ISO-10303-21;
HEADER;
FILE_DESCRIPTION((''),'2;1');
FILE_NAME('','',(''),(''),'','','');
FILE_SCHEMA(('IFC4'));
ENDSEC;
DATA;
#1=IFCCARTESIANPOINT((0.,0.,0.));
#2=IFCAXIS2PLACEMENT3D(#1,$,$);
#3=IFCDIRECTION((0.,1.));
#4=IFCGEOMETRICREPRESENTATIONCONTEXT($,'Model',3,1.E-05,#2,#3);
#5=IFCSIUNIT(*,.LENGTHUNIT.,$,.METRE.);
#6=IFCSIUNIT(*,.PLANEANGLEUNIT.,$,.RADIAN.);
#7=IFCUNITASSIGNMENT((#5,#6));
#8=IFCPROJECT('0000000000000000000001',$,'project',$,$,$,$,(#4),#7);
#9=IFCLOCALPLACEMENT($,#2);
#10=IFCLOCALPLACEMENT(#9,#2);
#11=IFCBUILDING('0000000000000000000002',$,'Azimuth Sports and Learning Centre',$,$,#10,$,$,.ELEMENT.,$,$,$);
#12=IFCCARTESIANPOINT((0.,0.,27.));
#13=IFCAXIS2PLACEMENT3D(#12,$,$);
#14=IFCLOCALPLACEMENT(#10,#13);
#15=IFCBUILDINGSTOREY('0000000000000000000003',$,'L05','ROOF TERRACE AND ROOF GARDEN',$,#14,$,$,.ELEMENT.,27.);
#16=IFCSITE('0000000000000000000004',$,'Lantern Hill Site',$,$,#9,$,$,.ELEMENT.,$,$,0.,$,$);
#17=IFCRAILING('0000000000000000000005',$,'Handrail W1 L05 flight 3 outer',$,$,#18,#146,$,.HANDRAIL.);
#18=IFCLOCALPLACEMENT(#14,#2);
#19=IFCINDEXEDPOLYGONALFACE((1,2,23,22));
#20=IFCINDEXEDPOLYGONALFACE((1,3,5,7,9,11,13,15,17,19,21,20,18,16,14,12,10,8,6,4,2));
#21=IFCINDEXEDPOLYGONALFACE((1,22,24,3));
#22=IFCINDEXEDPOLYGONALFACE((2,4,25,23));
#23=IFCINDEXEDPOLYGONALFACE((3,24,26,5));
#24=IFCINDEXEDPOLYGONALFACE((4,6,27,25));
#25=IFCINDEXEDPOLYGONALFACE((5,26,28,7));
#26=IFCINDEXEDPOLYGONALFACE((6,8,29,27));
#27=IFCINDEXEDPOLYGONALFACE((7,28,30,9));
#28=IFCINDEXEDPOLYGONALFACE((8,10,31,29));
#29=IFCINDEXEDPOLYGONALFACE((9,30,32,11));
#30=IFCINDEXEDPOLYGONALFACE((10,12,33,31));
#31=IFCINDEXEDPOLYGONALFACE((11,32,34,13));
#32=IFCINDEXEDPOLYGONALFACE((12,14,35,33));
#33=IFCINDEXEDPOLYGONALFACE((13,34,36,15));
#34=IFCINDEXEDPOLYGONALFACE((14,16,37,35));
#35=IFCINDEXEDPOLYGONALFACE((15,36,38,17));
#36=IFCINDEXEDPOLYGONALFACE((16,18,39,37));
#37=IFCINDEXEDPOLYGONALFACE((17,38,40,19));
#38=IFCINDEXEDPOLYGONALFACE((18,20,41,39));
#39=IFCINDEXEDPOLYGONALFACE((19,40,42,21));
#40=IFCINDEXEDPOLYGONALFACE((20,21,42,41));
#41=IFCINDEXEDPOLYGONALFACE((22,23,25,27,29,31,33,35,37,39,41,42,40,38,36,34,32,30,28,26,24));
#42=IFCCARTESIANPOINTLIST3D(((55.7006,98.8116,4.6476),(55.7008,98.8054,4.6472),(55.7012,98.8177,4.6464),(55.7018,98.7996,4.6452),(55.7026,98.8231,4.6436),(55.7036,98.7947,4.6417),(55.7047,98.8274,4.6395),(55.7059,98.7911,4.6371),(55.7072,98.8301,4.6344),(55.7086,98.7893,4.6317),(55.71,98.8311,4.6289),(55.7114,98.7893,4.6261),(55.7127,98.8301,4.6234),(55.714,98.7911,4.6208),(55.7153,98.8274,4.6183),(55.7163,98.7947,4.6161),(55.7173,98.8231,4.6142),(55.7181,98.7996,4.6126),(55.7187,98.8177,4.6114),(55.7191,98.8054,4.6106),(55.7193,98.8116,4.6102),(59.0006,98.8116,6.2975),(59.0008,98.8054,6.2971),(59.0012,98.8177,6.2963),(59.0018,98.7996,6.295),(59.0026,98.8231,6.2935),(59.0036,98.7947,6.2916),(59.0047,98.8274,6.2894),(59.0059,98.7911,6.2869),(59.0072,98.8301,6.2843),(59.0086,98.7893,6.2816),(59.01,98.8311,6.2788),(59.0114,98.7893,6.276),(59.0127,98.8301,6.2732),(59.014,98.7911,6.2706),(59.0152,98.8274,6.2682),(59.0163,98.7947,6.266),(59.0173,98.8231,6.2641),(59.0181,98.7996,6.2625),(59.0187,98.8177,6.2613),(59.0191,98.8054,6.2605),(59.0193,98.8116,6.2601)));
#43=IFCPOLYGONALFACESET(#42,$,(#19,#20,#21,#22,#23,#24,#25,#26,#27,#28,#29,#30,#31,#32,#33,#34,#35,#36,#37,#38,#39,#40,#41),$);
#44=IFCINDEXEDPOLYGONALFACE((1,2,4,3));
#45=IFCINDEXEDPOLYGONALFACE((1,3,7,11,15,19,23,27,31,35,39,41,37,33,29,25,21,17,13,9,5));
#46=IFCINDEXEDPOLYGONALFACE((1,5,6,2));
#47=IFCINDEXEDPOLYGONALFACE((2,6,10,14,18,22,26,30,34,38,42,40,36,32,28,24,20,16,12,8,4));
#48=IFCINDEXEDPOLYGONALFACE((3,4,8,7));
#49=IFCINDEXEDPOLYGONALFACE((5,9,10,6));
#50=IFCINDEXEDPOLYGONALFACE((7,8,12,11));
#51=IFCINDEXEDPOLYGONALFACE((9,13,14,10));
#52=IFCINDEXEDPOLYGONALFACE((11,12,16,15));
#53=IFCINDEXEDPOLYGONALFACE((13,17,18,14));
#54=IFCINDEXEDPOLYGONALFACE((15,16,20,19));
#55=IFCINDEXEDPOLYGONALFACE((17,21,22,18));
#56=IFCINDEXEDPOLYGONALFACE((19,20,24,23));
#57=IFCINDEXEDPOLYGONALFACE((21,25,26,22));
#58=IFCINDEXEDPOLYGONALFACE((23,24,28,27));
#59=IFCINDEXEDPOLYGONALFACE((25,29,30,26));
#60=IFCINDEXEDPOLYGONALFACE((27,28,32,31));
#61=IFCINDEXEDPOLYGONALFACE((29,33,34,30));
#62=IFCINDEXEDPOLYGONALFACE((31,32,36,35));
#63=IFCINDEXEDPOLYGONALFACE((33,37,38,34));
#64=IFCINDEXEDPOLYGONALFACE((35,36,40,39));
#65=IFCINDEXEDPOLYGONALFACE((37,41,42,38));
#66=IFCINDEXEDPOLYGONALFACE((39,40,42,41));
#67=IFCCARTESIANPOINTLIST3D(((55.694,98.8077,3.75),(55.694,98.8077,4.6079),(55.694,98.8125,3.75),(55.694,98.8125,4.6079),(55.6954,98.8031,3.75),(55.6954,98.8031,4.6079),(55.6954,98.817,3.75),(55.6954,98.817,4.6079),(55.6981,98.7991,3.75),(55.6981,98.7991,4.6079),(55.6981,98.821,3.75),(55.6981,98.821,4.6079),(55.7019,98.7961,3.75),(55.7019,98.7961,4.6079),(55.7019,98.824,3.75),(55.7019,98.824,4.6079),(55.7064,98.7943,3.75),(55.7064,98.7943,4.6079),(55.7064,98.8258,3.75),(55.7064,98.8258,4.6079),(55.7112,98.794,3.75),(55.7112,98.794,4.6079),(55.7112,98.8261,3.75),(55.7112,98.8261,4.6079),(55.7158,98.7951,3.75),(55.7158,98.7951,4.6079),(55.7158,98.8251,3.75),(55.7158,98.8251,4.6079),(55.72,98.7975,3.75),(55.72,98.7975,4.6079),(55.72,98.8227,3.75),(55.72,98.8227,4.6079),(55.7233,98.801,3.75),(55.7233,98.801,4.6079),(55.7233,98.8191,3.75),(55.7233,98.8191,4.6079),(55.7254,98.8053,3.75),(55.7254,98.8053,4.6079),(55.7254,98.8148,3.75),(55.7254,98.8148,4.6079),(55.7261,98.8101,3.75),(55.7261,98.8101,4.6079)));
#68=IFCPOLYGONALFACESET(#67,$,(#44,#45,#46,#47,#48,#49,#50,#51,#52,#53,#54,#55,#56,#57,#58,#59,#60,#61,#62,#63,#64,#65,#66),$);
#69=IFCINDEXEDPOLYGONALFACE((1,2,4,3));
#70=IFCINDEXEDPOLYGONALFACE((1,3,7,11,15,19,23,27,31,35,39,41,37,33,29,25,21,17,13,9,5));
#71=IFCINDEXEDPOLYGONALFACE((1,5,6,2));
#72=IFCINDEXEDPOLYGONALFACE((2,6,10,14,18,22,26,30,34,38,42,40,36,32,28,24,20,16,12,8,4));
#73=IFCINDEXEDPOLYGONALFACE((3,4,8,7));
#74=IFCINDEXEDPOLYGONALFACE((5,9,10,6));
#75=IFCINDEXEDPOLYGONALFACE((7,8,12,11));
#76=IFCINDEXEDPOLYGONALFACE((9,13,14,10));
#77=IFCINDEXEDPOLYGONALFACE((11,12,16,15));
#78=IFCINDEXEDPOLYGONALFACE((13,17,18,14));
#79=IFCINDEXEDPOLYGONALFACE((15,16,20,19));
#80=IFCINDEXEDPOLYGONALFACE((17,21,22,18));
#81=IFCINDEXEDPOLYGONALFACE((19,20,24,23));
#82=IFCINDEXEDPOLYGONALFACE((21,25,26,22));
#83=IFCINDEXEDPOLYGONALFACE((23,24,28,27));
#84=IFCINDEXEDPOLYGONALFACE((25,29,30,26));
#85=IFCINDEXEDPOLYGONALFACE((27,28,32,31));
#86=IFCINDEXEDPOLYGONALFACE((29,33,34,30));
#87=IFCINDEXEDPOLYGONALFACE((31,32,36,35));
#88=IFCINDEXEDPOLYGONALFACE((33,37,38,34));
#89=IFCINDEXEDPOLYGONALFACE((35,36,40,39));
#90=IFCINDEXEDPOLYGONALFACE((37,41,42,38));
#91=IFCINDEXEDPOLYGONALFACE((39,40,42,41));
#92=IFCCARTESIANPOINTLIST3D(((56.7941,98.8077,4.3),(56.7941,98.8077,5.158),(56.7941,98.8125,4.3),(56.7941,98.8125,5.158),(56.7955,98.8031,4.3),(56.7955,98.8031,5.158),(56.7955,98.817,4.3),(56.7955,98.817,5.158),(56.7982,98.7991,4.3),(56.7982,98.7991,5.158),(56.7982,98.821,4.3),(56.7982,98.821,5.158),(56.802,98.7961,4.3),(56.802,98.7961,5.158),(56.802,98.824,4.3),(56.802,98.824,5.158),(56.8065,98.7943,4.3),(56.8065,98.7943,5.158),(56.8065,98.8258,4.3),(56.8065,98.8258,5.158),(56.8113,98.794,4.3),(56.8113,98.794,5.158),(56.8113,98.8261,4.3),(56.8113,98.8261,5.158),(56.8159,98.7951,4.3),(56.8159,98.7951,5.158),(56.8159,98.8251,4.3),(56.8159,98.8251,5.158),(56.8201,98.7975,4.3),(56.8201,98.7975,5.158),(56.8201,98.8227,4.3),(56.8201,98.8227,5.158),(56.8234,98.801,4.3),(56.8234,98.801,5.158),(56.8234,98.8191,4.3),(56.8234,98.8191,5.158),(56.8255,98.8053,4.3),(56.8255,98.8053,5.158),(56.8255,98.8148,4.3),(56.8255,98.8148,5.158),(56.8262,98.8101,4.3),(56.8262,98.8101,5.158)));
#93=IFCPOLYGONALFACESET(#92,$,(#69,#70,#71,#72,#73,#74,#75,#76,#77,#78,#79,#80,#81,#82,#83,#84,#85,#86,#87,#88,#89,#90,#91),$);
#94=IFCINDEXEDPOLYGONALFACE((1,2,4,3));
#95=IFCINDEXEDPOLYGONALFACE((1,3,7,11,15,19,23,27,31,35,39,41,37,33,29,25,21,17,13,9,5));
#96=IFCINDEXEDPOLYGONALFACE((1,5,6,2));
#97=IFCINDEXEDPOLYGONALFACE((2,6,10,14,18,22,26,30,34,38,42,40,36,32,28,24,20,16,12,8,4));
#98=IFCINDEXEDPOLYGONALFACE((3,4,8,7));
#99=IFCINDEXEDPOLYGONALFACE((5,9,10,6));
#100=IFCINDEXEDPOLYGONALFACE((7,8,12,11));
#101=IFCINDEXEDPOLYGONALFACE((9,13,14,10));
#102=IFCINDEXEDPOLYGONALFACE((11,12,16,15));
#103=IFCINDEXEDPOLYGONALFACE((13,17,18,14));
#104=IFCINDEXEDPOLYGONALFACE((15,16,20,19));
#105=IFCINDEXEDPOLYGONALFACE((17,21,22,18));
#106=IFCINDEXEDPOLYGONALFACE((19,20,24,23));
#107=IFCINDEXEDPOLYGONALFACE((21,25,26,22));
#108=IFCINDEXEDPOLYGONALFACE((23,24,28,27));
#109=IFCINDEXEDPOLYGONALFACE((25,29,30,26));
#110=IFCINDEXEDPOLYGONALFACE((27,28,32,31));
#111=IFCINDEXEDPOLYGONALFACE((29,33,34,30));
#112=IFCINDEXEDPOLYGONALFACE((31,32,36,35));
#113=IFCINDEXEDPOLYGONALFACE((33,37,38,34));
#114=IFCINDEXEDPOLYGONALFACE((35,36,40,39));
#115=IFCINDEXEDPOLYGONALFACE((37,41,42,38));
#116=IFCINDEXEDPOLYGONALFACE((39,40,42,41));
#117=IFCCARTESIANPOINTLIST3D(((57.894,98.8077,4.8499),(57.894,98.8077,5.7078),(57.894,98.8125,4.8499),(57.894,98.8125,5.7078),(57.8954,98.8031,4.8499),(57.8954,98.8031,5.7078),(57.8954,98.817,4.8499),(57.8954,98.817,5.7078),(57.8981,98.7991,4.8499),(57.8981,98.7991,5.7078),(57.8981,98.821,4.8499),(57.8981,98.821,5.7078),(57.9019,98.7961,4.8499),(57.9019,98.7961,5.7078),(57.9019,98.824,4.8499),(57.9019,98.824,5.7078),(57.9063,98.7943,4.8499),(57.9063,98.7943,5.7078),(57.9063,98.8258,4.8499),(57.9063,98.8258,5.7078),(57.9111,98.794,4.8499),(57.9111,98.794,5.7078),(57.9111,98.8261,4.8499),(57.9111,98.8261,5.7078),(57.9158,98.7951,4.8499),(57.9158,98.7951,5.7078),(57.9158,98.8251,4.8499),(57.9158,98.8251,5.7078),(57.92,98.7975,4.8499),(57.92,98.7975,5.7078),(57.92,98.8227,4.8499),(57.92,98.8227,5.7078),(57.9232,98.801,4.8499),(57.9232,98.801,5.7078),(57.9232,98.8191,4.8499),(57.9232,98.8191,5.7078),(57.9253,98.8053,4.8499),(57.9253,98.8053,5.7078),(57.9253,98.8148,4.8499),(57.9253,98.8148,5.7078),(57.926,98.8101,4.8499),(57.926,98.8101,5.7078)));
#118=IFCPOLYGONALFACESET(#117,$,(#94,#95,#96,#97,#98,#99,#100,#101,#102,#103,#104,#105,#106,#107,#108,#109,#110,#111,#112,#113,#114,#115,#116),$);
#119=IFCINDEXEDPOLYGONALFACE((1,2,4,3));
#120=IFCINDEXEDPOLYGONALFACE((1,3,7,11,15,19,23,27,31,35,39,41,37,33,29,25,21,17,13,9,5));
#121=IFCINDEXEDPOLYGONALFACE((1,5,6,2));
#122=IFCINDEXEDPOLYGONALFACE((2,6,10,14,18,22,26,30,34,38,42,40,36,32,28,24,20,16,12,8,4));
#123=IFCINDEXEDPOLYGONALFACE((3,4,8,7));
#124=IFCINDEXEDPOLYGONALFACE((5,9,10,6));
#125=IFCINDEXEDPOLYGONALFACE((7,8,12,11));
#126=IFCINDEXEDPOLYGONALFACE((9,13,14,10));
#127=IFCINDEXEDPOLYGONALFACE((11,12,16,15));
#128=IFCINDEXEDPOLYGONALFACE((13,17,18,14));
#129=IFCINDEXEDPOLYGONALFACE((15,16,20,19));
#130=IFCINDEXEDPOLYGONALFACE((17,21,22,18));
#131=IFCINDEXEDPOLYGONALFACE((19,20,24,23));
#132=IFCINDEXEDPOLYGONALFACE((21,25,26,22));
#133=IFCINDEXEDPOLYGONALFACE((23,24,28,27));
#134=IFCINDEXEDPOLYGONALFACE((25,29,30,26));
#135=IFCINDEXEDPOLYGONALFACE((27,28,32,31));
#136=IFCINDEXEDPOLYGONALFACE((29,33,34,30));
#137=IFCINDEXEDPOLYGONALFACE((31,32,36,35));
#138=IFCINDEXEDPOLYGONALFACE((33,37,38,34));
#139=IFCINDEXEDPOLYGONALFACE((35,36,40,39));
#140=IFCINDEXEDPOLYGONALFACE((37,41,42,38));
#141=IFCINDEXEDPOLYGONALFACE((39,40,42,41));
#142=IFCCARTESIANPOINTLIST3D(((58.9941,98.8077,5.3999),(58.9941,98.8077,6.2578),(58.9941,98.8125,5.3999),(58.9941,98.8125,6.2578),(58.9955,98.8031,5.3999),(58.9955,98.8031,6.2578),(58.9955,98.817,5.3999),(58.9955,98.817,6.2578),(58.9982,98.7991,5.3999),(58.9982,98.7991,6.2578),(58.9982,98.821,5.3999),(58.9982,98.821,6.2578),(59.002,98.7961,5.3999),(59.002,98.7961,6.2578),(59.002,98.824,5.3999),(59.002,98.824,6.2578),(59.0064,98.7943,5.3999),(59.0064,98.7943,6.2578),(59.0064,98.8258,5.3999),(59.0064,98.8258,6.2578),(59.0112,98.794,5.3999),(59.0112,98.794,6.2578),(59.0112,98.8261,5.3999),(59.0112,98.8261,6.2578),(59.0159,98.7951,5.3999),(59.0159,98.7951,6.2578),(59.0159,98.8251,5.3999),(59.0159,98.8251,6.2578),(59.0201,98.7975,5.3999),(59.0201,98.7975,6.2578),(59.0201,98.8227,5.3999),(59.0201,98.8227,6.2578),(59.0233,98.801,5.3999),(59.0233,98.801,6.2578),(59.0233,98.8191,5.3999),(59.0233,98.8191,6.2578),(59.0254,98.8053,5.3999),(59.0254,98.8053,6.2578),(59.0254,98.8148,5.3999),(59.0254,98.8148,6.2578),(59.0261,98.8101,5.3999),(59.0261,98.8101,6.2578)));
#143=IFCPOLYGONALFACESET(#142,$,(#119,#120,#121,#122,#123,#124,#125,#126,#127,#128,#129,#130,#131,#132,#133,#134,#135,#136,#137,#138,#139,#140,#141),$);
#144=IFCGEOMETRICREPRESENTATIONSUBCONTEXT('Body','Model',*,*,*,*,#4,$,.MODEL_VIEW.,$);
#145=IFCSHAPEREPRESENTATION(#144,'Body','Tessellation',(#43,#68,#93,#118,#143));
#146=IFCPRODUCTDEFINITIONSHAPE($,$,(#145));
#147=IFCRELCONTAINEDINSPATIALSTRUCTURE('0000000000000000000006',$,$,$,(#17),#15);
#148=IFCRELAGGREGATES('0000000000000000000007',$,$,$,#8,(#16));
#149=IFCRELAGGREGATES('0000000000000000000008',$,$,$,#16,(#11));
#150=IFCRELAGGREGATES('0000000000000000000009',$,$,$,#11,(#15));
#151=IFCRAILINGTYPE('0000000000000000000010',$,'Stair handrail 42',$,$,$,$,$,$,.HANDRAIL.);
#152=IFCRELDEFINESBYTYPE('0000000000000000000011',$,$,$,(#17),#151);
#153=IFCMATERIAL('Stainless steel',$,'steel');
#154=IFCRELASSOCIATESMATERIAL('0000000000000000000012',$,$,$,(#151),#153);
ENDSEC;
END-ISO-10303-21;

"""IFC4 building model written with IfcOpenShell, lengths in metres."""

from ifc_helpers import new_model, si_unit, direction, frame, origin, origin_2d, place, context, subcontext, project, spatial, circle, extrude, material, type_object, element, save


model = new_model("IFC4")

# Units and contexts
model_context = context("Model", 3, precision=1e-05, world=origin(), true_north=direction((0.0, 1.0)))
body_context = subcontext(model_context, "Body", "Model", "MODEL_VIEW")
ifc_project = project(units=[si_unit("LENGTHUNIT", "METRE"), si_unit("PLANEANGLEUNIT", "RADIAN")], contexts=[model_context])

# Site, building, storey
site_placement = place(None, origin())
site = spatial("IfcSite", under=ifc_project, at=site_placement, Name="Lantern Hill Site", CompositionType="ELEMENT", RefElevation=0.0)
building_placement = place(site_placement, origin())
building = spatial("IfcBuilding", under=site, at=building_placement, Name="Azimuth Sports and Learning Centre", CompositionType="ELEMENT")
storey_placement = place(building_placement, frame((0.0, 0.0, 27.0)))
storey = spatial("IfcBuildingStorey", under=building, at=storey_placement, Name="L05", Description="ROOF TERRACE AND ROOF GARDEN", CompositionType="ELEMENT", Elevation=27.0)

# Railing
ifc_material_1 = material(Name="Stainless steel", Category="steel")
railing_type_1 = type_object("IfcRailingType", Name="Stair handrail 42", PredefinedType="HANDRAIL", material=ifc_material_1)
for number, where, name in (
    (1, (55.71, 98.8101, 3.75), "Handrail W1 L05 flight 3 outer"),
):
    element("IfcRailing", number, at=place(storey_placement, frame(where)), inside=storey, type_object=railing_type_1, Name=name, PredefinedType="HANDRAIL", context=body_context, shape_type="SweptSolid", body=[
        extrude(circle(Radius=0.021, at=origin_2d()), frame((0.0, 0.0, 0.8789), z_axis=(0.89444, 0.0, 0.447187), x_axis=(0.0, 1.0, 0.0)), (0.0, 0.0, 1.0), 3.6895),
        extrude(circle(Radius=0.0161, at=origin_2d()), origin(), (0.0, 0.0, 1.0), 0.8579),
        extrude(circle(Radius=0.0161, at=origin_2d()), frame((1.1001, 0.0, 0.55)), (0.0, 0.0, 1.0), 0.8579),
        extrude(circle(Radius=0.0161, at=origin_2d()), frame((2.2, 0.0, 1.0999)), (0.0, 0.0, 1.0), 0.8579),
        extrude(circle(Radius=0.0161, at=origin_2d()), frame((3.3, 0.0, 1.6499)), (0.0, 0.0, 1.0), 0.8579),
    ])

save(model, "model.ifc")
